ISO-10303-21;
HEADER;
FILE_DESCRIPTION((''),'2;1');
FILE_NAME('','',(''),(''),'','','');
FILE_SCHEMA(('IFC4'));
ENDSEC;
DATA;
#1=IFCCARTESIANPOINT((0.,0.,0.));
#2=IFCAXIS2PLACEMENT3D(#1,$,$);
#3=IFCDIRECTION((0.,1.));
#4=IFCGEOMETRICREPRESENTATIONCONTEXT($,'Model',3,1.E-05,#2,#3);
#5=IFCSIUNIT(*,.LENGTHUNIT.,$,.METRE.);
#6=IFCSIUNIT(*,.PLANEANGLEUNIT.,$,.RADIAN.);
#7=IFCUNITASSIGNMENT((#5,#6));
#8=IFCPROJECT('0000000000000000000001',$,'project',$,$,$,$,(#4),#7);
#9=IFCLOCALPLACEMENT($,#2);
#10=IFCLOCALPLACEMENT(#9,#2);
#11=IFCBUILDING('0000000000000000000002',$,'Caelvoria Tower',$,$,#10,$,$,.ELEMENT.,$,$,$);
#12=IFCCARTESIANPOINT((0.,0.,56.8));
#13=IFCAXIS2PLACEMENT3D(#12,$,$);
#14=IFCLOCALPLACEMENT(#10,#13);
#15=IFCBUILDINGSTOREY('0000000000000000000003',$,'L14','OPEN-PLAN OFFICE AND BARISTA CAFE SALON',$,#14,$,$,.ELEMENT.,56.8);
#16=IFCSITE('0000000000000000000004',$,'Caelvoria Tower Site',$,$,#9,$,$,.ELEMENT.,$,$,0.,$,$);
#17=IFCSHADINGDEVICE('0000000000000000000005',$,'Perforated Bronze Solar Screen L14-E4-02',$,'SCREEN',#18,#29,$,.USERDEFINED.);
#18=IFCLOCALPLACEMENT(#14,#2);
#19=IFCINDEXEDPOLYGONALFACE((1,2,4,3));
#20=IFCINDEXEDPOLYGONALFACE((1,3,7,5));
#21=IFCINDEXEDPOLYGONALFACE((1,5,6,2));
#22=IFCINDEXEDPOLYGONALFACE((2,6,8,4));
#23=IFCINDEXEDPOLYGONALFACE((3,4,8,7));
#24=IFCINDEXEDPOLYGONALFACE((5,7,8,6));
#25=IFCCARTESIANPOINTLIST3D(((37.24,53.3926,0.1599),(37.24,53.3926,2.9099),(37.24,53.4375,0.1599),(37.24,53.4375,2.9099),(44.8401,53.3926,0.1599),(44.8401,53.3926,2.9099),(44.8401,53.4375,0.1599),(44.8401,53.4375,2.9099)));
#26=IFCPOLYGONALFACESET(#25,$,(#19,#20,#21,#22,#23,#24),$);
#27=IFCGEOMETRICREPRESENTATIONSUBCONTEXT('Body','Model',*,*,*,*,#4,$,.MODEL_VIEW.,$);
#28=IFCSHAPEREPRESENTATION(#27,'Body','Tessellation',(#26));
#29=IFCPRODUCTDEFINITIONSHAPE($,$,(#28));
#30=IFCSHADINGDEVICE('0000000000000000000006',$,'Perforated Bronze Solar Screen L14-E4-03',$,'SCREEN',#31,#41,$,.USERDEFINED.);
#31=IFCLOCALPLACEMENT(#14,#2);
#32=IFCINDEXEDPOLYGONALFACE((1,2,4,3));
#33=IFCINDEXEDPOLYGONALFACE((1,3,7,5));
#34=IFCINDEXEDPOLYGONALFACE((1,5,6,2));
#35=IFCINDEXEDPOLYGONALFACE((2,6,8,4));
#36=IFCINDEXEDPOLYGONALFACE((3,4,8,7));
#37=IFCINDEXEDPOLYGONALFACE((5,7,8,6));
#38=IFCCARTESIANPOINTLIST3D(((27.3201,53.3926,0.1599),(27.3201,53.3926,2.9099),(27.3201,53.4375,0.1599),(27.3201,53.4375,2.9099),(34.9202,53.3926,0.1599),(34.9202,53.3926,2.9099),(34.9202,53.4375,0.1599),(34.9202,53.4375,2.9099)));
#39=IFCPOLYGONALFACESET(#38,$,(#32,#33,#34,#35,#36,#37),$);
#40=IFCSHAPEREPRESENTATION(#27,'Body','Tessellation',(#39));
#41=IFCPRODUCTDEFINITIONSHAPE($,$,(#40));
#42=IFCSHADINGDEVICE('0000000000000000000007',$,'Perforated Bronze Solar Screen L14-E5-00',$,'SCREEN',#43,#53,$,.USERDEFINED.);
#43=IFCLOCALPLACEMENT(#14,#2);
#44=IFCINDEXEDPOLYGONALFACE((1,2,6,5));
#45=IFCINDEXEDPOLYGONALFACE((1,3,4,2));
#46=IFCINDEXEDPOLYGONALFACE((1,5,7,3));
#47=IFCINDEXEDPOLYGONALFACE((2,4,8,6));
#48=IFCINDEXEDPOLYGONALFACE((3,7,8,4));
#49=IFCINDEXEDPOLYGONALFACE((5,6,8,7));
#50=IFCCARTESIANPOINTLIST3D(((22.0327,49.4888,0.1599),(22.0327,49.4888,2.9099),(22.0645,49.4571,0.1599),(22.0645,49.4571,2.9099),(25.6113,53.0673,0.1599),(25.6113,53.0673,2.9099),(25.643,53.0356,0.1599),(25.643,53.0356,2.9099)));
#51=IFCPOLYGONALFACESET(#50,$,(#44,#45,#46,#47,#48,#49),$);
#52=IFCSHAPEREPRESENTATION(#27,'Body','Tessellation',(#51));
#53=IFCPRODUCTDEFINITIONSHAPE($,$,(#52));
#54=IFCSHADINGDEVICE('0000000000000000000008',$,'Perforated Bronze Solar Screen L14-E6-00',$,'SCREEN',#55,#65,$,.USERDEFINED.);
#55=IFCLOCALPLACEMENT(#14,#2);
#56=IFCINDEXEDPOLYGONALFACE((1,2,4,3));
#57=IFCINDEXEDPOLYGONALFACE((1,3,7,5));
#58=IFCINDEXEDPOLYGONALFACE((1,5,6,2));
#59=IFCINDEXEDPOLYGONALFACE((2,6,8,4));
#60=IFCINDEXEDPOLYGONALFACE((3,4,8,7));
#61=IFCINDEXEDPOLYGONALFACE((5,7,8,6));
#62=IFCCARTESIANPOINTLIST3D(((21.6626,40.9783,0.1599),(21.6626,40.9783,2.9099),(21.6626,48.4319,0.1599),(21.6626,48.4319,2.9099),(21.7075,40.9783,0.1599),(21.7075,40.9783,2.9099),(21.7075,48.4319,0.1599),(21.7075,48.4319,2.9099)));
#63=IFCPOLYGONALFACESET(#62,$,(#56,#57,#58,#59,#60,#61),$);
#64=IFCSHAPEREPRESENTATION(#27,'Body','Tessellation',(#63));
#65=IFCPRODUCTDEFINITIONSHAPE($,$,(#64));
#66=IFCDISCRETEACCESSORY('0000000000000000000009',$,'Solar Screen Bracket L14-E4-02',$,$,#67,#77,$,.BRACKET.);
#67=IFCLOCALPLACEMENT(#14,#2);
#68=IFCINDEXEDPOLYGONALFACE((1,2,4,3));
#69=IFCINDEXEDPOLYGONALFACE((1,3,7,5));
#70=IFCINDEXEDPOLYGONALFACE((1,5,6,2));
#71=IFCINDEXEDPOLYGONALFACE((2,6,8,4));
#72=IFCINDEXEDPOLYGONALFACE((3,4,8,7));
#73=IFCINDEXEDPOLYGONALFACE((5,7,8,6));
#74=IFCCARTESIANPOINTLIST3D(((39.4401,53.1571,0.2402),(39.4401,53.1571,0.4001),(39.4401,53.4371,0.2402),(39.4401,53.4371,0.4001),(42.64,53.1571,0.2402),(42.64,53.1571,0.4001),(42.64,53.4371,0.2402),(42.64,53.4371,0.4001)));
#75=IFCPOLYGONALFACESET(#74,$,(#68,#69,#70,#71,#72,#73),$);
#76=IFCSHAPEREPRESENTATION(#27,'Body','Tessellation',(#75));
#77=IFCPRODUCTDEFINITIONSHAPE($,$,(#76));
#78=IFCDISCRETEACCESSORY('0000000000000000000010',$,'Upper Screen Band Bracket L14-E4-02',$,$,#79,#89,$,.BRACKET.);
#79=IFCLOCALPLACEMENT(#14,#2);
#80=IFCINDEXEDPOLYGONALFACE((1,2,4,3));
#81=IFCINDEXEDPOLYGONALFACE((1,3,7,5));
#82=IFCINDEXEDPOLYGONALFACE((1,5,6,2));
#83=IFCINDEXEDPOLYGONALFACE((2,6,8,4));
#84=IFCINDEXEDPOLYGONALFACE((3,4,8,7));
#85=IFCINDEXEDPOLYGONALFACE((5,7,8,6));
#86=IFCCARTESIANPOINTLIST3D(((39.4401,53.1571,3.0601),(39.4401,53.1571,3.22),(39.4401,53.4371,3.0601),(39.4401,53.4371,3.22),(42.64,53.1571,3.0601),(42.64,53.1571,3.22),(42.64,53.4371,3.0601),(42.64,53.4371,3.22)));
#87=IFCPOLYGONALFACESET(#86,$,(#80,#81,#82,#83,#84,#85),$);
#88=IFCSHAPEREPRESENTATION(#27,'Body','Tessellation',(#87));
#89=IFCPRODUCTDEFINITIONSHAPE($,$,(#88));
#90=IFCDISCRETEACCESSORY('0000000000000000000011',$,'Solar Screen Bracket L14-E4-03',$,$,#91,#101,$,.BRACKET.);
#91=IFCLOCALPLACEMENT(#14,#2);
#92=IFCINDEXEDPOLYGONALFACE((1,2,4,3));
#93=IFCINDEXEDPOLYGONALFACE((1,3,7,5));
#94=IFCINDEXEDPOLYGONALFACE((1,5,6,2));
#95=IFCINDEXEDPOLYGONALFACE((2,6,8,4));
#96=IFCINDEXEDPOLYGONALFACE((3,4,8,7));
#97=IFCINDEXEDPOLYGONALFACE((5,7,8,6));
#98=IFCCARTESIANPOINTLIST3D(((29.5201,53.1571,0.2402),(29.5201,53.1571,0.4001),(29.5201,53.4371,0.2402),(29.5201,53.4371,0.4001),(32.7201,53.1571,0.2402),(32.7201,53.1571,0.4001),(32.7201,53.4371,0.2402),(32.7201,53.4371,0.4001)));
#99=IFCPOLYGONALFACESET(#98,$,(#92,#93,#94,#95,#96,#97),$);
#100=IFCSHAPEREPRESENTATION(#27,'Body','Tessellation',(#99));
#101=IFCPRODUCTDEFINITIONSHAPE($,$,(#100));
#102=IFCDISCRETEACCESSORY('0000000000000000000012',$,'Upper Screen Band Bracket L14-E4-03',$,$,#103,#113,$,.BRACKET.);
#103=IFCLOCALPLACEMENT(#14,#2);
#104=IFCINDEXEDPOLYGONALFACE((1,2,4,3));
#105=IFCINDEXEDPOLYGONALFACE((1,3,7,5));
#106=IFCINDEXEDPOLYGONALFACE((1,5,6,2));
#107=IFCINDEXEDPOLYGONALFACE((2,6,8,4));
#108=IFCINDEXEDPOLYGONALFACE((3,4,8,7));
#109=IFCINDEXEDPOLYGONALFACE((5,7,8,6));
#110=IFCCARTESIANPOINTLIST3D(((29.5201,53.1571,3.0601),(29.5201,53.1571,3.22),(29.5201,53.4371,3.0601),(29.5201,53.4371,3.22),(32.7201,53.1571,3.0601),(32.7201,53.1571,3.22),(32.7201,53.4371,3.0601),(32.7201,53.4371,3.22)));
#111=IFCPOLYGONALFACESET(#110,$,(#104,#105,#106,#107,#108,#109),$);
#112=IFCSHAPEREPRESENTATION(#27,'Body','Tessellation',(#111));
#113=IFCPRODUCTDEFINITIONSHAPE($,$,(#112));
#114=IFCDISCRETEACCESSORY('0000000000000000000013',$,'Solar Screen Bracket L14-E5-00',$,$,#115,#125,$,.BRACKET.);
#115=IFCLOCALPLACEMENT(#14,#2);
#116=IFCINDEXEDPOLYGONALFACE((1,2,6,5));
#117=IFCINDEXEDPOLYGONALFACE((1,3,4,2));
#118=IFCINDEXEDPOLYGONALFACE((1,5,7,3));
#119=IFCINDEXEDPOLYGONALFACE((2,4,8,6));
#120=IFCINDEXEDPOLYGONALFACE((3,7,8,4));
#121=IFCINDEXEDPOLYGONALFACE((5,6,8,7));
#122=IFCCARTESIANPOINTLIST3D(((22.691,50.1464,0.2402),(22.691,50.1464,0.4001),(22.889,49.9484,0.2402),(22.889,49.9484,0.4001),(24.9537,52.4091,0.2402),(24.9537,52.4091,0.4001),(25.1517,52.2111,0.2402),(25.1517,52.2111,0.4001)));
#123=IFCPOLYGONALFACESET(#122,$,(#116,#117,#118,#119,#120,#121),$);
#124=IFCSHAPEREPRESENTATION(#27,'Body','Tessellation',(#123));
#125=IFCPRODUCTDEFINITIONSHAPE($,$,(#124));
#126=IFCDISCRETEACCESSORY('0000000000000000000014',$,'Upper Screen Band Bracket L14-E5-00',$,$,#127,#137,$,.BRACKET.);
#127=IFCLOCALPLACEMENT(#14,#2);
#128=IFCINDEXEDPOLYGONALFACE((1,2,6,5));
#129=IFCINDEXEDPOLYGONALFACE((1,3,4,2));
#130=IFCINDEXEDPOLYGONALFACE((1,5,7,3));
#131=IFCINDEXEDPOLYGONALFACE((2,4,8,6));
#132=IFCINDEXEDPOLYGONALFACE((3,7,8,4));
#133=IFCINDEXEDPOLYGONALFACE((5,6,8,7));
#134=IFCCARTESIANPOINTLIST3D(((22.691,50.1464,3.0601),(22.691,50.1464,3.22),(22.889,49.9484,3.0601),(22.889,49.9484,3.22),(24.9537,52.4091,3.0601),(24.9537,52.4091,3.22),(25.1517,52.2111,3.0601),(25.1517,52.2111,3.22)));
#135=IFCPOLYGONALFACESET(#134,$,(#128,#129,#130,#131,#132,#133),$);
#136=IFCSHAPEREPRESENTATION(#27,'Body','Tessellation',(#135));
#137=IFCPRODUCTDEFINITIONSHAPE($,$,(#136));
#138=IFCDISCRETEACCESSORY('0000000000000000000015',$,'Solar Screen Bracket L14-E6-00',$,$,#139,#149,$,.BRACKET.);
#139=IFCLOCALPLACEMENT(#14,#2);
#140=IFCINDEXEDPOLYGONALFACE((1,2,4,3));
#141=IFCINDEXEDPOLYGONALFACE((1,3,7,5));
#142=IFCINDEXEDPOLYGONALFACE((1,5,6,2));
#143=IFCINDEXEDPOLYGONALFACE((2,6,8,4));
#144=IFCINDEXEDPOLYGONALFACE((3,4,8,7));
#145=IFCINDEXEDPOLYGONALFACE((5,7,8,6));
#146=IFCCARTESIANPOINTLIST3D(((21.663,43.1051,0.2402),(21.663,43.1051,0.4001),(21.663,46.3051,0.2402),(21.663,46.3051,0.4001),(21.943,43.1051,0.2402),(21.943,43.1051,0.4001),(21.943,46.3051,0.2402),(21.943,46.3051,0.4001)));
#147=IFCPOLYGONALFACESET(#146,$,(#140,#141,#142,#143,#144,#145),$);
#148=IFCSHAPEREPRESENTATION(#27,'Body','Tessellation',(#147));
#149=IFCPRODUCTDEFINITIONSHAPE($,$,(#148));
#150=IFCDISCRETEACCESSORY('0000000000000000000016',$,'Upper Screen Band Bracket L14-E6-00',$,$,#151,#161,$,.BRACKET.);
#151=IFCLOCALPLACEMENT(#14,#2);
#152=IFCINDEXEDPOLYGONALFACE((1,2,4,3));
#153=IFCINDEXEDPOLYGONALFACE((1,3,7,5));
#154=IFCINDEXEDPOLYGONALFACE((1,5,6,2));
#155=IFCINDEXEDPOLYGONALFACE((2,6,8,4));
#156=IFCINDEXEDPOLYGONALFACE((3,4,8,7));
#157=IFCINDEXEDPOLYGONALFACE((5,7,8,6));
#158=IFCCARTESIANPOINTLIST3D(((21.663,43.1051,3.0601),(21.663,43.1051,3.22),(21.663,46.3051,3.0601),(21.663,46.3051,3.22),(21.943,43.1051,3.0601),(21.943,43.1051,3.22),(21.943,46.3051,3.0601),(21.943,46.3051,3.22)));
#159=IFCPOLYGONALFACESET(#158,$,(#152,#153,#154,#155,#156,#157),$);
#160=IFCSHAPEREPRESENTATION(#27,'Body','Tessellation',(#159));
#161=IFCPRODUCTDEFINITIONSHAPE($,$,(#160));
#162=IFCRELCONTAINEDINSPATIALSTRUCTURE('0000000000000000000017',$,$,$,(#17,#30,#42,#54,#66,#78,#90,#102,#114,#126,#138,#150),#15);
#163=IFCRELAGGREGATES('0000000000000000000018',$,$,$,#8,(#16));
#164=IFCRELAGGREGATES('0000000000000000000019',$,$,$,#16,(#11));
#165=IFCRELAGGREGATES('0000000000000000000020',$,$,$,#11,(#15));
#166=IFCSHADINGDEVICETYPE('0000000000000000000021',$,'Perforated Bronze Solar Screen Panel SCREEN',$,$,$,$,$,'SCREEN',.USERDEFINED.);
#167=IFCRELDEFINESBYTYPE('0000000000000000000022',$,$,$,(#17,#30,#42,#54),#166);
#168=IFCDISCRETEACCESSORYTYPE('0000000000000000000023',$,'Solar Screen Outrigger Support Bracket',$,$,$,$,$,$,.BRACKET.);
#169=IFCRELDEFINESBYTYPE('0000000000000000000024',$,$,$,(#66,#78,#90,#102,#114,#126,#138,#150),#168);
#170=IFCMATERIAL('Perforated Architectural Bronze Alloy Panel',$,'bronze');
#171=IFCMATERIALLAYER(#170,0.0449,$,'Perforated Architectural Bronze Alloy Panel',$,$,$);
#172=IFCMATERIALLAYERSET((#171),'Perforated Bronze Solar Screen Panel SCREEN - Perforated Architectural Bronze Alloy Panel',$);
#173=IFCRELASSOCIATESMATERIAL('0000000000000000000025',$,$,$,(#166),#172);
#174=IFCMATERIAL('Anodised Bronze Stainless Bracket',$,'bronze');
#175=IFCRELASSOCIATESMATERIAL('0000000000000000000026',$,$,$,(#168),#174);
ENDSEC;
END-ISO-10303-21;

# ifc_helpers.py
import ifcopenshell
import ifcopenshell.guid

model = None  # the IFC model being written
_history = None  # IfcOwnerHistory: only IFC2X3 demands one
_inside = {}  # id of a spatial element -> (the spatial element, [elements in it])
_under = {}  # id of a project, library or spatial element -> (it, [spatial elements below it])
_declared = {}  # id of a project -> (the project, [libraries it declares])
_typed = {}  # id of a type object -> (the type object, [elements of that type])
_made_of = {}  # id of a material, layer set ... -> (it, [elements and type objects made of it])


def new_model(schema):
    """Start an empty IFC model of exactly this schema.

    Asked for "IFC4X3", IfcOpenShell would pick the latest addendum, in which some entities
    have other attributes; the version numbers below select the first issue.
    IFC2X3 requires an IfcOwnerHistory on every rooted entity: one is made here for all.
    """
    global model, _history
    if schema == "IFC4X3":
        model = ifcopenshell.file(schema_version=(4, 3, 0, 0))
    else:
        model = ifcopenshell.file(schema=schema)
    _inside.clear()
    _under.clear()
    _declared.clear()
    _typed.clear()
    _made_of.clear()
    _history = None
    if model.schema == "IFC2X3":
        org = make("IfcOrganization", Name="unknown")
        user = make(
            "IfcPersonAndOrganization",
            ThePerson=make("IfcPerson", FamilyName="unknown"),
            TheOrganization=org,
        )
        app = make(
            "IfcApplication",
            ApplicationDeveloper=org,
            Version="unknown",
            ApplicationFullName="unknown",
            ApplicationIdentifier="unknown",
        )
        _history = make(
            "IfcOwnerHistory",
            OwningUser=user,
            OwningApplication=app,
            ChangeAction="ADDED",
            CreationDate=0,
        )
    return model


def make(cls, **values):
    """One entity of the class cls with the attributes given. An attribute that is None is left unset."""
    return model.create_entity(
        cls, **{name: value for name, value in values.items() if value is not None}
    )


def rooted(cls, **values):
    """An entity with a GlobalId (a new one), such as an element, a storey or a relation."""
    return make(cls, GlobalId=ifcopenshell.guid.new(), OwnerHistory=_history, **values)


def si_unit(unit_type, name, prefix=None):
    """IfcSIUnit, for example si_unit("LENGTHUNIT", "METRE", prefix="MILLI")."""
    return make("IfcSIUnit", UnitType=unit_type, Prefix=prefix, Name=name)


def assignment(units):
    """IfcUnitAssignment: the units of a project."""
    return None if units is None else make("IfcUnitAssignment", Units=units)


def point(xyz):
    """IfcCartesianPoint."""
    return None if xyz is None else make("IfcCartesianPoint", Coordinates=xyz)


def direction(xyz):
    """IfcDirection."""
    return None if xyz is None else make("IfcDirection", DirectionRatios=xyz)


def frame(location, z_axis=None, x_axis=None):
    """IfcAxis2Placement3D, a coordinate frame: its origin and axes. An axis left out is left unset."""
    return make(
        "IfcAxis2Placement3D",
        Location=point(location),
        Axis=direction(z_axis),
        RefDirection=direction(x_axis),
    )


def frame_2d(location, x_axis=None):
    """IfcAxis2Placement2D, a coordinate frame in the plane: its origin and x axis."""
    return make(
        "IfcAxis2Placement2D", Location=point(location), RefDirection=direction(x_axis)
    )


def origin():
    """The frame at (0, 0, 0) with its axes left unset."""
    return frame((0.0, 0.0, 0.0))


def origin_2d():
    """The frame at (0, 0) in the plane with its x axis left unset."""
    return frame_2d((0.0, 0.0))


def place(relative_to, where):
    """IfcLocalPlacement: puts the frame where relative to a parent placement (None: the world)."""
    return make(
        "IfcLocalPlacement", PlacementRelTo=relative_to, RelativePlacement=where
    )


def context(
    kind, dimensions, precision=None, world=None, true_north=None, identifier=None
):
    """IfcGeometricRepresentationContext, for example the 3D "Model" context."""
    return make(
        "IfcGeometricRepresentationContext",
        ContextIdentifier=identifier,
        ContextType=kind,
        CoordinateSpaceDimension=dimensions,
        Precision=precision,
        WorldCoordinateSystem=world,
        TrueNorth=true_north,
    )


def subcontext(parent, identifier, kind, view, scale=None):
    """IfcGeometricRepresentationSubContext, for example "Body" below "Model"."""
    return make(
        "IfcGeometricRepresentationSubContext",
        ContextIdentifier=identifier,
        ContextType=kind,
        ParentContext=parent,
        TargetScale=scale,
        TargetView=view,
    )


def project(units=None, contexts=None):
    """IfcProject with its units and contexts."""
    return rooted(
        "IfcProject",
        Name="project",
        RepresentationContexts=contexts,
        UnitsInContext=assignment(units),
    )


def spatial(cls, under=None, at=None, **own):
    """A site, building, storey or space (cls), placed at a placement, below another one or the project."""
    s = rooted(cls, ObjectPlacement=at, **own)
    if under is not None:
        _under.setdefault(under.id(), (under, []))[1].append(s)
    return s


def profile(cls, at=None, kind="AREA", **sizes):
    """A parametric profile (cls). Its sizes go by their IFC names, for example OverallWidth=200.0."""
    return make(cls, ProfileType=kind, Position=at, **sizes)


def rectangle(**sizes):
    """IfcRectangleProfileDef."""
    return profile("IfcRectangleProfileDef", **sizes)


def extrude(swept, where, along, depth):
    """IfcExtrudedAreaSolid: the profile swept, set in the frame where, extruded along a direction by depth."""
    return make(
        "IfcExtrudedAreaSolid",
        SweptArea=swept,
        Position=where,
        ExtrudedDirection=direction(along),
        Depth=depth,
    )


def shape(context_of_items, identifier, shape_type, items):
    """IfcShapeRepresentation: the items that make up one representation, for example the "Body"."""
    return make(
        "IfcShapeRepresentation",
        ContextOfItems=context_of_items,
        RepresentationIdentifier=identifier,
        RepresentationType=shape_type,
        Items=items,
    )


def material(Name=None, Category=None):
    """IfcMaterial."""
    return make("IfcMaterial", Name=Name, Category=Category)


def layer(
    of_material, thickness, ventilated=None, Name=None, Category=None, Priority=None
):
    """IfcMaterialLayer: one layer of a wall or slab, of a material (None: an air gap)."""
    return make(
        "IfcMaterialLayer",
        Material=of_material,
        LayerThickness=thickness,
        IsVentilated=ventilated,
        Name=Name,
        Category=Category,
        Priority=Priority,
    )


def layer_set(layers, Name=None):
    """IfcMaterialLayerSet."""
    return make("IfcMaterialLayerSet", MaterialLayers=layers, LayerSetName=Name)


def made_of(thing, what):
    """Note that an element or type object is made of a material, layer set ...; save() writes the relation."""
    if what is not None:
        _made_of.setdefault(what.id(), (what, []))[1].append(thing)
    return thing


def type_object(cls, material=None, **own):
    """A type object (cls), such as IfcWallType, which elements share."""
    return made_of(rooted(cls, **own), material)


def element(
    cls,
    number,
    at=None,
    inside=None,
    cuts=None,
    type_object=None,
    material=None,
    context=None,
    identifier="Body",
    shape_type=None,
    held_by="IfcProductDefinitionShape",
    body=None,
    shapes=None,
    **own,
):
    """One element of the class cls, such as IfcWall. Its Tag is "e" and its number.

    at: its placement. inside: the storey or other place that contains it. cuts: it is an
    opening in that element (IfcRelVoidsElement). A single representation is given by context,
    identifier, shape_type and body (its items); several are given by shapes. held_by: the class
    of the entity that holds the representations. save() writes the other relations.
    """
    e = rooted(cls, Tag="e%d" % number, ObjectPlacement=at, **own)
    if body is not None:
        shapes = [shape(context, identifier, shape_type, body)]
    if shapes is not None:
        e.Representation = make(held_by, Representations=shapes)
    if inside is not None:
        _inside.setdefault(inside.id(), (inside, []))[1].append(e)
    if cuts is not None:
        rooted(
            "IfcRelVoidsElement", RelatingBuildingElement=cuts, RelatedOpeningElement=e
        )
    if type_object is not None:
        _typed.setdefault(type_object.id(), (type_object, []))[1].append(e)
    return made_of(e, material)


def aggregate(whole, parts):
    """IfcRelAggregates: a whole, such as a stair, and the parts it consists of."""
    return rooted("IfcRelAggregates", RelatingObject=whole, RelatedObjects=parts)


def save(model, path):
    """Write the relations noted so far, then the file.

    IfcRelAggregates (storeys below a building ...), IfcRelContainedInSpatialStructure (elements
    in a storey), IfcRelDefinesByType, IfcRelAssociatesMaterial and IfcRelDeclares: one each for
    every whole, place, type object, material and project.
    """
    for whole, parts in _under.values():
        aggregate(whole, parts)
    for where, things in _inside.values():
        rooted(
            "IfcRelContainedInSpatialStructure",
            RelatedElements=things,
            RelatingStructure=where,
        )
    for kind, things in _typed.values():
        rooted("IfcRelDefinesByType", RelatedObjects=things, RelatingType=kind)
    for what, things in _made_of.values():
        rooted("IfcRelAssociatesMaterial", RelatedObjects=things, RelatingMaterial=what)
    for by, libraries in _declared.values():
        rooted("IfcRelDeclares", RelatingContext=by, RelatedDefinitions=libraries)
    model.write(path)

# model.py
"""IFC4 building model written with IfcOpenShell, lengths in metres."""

from ifc_helpers import new_model, si_unit, direction, frame, origin, origin_2d, place, context, subcontext, project, spatial, rectangle, extrude, material, layer, layer_set, type_object, element, save


model = new_model("IFC4")

# Units and contexts
model_context = context("Model", 3, precision=1e-05, world=origin(), true_north=direction((0.0, 1.0)))
body_context = subcontext(model_context, "Body", "Model", "MODEL_VIEW")
ifc_project = project(units=[si_unit("LENGTHUNIT", "METRE"), si_unit("PLANEANGLEUNIT", "RADIAN")], contexts=[model_context])

# Site, building, storey
site_placement = place(None, origin())
site = spatial("IfcSite", under=ifc_project, at=site_placement, Name="Caelvoria Tower Site", CompositionType="ELEMENT", RefElevation=0.0)
building_placement = place(site_placement, origin())
building = spatial("IfcBuilding", under=site, at=building_placement, Name="Caelvoria Tower", CompositionType="ELEMENT")
storey_placement = place(building_placement, frame((0.0, 0.0, 56.8)))
storey = spatial("IfcBuildingStorey", under=building, at=storey_placement, Name="L14", Description="OPEN-PLAN OFFICE AND BARISTA CAFE SALON", CompositionType="ELEMENT", Elevation=56.8)

# Shading devices
ifc_material_1 = material(Name="Perforated Architectural Bronze Alloy Panel", Category="bronze")
ifc_layer_1 = layer(ifc_material_1, 0.0449, Name="Perforated Architectural Bronze Alloy Panel")
ifc_layer_set_1 = layer_set([ifc_layer_1], Name="Perforated Bronze Solar Screen Panel SCREEN - Perforated Architectural Bronze Alloy Panel")
shading_device_type = type_object("IfcShadingDeviceType", Name="Perforated Bronze Solar Screen Panel SCREEN", ElementType="SCREEN", PredefinedType="USERDEFINED", material=ifc_layer_set_1)
for number, where, z_axis, x_axis, name in (
    (1, (41.04, 53.415, 0.1599), (0.0, 0.0, 1.0), (-1.0, 0.0, 0.0), "Perforated Bronze Solar Screen L14-E4-02"),
    (2, (31.1201, 53.415, 0.1599), (0.0, 0.0, 1.0), (-1.0, 0.0, 0.0), "Perforated Bronze Solar Screen L14-E4-03"),
):
    element("IfcShadingDevice", number, at=place(storey_placement, frame(where, z_axis=z_axis, x_axis=x_axis)), inside=storey, type_object=shading_device_type, Name=name, ObjectType="SCREEN", PredefinedType="USERDEFINED", context=body_context, shape_type="SweptSolid", body=[
        extrude(rectangle(XDim=7.6001, YDim=0.0449, at=origin_2d()), origin(), (0.0, 0.0, 1.0), 2.75),
    ])
shading_device_1_placement = place(storey_placement, frame((23.8379, 51.2622, 0.1599), z_axis=(0.0, 0.0, 1.0), x_axis=(-0.707107, -0.707107, 0.0)))
element("IfcShadingDevice", 3, at=shading_device_1_placement, inside=storey, type_object=shading_device_type, Name="Perforated Bronze Solar Screen L14-E5-00", ObjectType="SCREEN", PredefinedType="USERDEFINED", context=body_context, shape_type="SweptSolid", body=[
    extrude(rectangle(XDim=5.0608, YDim=0.0449, at=origin_2d()), origin(), (0.0, 0.0, 1.0), 2.75),
])
shading_device_2_placement = place(storey_placement, frame((21.6851, 44.7051, 0.1599), z_axis=(0.0, 0.0, 1.0), x_axis=(0.0, -1.0, 0.0)))
element("IfcShadingDevice", 4, at=shading_device_2_placement, inside=storey, type_object=shading_device_type, Name="Perforated Bronze Solar Screen L14-E6-00", ObjectType="SCREEN", PredefinedType="USERDEFINED", context=body_context, shape_type="SweptSolid", body=[
    extrude(rectangle(XDim=7.4536, YDim=0.0449, at=origin_2d()), origin(), (0.0, 0.0, 1.0), 2.75),
])

# Discrete accessories
ifc_material_2 = material(Name="Anodised Bronze Stainless Bracket", Category="bronze")
discrete_accessory_type = type_object("IfcDiscreteAccessoryType", Name="Solar Screen Outrigger Support Bracket", PredefinedType="BRACKET", material=ifc_material_2)
for number, where, z_axis, x_axis, name in (
    (5, (41.04, 53.2971, 0.2402), (0.0, 0.0, 1.0), (-1.0, 0.0, 0.0), "Solar Screen Bracket L14-E4-02"),
    (6, (41.04, 53.2971, 3.0601), (0.0, 0.0, 1.0), (-1.0, 0.0, 0.0), "Upper Screen Band Bracket L14-E4-02"),
    (7, (31.1201, 53.2971, 0.2402), (0.0, 0.0, 1.0), (-1.0, 0.0, 0.0), "Solar Screen Bracket L14-E4-03"),
    (8, (31.1201, 53.2971, 3.0601), (0.0, 0.0, 1.0), (-1.0, 0.0, 0.0), "Upper Screen Band Bracket L14-E4-03"),
    (9, (23.9214, 51.1787, 0.2402), (0.0, 0.0, 1.0), (-0.707107, -0.707107, 0.0), "Solar Screen Bracket L14-E5-00"),
    (10, (23.9214, 51.1787, 3.0601), (0.0, 0.0, 1.0), (-0.707107, -0.707107, 0.0), "Upper Screen Band Bracket L14-E5-00"),
    (11, (21.803, 44.7051, 0.2402), (0.0, 0.0, 1.0), (0.0, -1.0, 0.0), "Solar Screen Bracket L14-E6-00"),
    (12, (21.803, 44.7051, 3.0601), (0.0, 0.0, 1.0), (0.0, -1.0, 0.0), "Upper Screen Band Bracket L14-E6-00"),
):
    element("IfcDiscreteAccessory", number, at=place(storey_placement, frame(where, z_axis=z_axis, x_axis=x_axis)), inside=storey, type_object=discrete_accessory_type, Name=name, PredefinedType="BRACKET", context=body_context, shape_type="SweptSolid", body=[
        extrude(rectangle(XDim=3.2, YDim=0.28, at=origin_2d()), origin(), (0.0, 0.0, 1.0), 0.1599),
    ])

save(model, "model.ifc")
